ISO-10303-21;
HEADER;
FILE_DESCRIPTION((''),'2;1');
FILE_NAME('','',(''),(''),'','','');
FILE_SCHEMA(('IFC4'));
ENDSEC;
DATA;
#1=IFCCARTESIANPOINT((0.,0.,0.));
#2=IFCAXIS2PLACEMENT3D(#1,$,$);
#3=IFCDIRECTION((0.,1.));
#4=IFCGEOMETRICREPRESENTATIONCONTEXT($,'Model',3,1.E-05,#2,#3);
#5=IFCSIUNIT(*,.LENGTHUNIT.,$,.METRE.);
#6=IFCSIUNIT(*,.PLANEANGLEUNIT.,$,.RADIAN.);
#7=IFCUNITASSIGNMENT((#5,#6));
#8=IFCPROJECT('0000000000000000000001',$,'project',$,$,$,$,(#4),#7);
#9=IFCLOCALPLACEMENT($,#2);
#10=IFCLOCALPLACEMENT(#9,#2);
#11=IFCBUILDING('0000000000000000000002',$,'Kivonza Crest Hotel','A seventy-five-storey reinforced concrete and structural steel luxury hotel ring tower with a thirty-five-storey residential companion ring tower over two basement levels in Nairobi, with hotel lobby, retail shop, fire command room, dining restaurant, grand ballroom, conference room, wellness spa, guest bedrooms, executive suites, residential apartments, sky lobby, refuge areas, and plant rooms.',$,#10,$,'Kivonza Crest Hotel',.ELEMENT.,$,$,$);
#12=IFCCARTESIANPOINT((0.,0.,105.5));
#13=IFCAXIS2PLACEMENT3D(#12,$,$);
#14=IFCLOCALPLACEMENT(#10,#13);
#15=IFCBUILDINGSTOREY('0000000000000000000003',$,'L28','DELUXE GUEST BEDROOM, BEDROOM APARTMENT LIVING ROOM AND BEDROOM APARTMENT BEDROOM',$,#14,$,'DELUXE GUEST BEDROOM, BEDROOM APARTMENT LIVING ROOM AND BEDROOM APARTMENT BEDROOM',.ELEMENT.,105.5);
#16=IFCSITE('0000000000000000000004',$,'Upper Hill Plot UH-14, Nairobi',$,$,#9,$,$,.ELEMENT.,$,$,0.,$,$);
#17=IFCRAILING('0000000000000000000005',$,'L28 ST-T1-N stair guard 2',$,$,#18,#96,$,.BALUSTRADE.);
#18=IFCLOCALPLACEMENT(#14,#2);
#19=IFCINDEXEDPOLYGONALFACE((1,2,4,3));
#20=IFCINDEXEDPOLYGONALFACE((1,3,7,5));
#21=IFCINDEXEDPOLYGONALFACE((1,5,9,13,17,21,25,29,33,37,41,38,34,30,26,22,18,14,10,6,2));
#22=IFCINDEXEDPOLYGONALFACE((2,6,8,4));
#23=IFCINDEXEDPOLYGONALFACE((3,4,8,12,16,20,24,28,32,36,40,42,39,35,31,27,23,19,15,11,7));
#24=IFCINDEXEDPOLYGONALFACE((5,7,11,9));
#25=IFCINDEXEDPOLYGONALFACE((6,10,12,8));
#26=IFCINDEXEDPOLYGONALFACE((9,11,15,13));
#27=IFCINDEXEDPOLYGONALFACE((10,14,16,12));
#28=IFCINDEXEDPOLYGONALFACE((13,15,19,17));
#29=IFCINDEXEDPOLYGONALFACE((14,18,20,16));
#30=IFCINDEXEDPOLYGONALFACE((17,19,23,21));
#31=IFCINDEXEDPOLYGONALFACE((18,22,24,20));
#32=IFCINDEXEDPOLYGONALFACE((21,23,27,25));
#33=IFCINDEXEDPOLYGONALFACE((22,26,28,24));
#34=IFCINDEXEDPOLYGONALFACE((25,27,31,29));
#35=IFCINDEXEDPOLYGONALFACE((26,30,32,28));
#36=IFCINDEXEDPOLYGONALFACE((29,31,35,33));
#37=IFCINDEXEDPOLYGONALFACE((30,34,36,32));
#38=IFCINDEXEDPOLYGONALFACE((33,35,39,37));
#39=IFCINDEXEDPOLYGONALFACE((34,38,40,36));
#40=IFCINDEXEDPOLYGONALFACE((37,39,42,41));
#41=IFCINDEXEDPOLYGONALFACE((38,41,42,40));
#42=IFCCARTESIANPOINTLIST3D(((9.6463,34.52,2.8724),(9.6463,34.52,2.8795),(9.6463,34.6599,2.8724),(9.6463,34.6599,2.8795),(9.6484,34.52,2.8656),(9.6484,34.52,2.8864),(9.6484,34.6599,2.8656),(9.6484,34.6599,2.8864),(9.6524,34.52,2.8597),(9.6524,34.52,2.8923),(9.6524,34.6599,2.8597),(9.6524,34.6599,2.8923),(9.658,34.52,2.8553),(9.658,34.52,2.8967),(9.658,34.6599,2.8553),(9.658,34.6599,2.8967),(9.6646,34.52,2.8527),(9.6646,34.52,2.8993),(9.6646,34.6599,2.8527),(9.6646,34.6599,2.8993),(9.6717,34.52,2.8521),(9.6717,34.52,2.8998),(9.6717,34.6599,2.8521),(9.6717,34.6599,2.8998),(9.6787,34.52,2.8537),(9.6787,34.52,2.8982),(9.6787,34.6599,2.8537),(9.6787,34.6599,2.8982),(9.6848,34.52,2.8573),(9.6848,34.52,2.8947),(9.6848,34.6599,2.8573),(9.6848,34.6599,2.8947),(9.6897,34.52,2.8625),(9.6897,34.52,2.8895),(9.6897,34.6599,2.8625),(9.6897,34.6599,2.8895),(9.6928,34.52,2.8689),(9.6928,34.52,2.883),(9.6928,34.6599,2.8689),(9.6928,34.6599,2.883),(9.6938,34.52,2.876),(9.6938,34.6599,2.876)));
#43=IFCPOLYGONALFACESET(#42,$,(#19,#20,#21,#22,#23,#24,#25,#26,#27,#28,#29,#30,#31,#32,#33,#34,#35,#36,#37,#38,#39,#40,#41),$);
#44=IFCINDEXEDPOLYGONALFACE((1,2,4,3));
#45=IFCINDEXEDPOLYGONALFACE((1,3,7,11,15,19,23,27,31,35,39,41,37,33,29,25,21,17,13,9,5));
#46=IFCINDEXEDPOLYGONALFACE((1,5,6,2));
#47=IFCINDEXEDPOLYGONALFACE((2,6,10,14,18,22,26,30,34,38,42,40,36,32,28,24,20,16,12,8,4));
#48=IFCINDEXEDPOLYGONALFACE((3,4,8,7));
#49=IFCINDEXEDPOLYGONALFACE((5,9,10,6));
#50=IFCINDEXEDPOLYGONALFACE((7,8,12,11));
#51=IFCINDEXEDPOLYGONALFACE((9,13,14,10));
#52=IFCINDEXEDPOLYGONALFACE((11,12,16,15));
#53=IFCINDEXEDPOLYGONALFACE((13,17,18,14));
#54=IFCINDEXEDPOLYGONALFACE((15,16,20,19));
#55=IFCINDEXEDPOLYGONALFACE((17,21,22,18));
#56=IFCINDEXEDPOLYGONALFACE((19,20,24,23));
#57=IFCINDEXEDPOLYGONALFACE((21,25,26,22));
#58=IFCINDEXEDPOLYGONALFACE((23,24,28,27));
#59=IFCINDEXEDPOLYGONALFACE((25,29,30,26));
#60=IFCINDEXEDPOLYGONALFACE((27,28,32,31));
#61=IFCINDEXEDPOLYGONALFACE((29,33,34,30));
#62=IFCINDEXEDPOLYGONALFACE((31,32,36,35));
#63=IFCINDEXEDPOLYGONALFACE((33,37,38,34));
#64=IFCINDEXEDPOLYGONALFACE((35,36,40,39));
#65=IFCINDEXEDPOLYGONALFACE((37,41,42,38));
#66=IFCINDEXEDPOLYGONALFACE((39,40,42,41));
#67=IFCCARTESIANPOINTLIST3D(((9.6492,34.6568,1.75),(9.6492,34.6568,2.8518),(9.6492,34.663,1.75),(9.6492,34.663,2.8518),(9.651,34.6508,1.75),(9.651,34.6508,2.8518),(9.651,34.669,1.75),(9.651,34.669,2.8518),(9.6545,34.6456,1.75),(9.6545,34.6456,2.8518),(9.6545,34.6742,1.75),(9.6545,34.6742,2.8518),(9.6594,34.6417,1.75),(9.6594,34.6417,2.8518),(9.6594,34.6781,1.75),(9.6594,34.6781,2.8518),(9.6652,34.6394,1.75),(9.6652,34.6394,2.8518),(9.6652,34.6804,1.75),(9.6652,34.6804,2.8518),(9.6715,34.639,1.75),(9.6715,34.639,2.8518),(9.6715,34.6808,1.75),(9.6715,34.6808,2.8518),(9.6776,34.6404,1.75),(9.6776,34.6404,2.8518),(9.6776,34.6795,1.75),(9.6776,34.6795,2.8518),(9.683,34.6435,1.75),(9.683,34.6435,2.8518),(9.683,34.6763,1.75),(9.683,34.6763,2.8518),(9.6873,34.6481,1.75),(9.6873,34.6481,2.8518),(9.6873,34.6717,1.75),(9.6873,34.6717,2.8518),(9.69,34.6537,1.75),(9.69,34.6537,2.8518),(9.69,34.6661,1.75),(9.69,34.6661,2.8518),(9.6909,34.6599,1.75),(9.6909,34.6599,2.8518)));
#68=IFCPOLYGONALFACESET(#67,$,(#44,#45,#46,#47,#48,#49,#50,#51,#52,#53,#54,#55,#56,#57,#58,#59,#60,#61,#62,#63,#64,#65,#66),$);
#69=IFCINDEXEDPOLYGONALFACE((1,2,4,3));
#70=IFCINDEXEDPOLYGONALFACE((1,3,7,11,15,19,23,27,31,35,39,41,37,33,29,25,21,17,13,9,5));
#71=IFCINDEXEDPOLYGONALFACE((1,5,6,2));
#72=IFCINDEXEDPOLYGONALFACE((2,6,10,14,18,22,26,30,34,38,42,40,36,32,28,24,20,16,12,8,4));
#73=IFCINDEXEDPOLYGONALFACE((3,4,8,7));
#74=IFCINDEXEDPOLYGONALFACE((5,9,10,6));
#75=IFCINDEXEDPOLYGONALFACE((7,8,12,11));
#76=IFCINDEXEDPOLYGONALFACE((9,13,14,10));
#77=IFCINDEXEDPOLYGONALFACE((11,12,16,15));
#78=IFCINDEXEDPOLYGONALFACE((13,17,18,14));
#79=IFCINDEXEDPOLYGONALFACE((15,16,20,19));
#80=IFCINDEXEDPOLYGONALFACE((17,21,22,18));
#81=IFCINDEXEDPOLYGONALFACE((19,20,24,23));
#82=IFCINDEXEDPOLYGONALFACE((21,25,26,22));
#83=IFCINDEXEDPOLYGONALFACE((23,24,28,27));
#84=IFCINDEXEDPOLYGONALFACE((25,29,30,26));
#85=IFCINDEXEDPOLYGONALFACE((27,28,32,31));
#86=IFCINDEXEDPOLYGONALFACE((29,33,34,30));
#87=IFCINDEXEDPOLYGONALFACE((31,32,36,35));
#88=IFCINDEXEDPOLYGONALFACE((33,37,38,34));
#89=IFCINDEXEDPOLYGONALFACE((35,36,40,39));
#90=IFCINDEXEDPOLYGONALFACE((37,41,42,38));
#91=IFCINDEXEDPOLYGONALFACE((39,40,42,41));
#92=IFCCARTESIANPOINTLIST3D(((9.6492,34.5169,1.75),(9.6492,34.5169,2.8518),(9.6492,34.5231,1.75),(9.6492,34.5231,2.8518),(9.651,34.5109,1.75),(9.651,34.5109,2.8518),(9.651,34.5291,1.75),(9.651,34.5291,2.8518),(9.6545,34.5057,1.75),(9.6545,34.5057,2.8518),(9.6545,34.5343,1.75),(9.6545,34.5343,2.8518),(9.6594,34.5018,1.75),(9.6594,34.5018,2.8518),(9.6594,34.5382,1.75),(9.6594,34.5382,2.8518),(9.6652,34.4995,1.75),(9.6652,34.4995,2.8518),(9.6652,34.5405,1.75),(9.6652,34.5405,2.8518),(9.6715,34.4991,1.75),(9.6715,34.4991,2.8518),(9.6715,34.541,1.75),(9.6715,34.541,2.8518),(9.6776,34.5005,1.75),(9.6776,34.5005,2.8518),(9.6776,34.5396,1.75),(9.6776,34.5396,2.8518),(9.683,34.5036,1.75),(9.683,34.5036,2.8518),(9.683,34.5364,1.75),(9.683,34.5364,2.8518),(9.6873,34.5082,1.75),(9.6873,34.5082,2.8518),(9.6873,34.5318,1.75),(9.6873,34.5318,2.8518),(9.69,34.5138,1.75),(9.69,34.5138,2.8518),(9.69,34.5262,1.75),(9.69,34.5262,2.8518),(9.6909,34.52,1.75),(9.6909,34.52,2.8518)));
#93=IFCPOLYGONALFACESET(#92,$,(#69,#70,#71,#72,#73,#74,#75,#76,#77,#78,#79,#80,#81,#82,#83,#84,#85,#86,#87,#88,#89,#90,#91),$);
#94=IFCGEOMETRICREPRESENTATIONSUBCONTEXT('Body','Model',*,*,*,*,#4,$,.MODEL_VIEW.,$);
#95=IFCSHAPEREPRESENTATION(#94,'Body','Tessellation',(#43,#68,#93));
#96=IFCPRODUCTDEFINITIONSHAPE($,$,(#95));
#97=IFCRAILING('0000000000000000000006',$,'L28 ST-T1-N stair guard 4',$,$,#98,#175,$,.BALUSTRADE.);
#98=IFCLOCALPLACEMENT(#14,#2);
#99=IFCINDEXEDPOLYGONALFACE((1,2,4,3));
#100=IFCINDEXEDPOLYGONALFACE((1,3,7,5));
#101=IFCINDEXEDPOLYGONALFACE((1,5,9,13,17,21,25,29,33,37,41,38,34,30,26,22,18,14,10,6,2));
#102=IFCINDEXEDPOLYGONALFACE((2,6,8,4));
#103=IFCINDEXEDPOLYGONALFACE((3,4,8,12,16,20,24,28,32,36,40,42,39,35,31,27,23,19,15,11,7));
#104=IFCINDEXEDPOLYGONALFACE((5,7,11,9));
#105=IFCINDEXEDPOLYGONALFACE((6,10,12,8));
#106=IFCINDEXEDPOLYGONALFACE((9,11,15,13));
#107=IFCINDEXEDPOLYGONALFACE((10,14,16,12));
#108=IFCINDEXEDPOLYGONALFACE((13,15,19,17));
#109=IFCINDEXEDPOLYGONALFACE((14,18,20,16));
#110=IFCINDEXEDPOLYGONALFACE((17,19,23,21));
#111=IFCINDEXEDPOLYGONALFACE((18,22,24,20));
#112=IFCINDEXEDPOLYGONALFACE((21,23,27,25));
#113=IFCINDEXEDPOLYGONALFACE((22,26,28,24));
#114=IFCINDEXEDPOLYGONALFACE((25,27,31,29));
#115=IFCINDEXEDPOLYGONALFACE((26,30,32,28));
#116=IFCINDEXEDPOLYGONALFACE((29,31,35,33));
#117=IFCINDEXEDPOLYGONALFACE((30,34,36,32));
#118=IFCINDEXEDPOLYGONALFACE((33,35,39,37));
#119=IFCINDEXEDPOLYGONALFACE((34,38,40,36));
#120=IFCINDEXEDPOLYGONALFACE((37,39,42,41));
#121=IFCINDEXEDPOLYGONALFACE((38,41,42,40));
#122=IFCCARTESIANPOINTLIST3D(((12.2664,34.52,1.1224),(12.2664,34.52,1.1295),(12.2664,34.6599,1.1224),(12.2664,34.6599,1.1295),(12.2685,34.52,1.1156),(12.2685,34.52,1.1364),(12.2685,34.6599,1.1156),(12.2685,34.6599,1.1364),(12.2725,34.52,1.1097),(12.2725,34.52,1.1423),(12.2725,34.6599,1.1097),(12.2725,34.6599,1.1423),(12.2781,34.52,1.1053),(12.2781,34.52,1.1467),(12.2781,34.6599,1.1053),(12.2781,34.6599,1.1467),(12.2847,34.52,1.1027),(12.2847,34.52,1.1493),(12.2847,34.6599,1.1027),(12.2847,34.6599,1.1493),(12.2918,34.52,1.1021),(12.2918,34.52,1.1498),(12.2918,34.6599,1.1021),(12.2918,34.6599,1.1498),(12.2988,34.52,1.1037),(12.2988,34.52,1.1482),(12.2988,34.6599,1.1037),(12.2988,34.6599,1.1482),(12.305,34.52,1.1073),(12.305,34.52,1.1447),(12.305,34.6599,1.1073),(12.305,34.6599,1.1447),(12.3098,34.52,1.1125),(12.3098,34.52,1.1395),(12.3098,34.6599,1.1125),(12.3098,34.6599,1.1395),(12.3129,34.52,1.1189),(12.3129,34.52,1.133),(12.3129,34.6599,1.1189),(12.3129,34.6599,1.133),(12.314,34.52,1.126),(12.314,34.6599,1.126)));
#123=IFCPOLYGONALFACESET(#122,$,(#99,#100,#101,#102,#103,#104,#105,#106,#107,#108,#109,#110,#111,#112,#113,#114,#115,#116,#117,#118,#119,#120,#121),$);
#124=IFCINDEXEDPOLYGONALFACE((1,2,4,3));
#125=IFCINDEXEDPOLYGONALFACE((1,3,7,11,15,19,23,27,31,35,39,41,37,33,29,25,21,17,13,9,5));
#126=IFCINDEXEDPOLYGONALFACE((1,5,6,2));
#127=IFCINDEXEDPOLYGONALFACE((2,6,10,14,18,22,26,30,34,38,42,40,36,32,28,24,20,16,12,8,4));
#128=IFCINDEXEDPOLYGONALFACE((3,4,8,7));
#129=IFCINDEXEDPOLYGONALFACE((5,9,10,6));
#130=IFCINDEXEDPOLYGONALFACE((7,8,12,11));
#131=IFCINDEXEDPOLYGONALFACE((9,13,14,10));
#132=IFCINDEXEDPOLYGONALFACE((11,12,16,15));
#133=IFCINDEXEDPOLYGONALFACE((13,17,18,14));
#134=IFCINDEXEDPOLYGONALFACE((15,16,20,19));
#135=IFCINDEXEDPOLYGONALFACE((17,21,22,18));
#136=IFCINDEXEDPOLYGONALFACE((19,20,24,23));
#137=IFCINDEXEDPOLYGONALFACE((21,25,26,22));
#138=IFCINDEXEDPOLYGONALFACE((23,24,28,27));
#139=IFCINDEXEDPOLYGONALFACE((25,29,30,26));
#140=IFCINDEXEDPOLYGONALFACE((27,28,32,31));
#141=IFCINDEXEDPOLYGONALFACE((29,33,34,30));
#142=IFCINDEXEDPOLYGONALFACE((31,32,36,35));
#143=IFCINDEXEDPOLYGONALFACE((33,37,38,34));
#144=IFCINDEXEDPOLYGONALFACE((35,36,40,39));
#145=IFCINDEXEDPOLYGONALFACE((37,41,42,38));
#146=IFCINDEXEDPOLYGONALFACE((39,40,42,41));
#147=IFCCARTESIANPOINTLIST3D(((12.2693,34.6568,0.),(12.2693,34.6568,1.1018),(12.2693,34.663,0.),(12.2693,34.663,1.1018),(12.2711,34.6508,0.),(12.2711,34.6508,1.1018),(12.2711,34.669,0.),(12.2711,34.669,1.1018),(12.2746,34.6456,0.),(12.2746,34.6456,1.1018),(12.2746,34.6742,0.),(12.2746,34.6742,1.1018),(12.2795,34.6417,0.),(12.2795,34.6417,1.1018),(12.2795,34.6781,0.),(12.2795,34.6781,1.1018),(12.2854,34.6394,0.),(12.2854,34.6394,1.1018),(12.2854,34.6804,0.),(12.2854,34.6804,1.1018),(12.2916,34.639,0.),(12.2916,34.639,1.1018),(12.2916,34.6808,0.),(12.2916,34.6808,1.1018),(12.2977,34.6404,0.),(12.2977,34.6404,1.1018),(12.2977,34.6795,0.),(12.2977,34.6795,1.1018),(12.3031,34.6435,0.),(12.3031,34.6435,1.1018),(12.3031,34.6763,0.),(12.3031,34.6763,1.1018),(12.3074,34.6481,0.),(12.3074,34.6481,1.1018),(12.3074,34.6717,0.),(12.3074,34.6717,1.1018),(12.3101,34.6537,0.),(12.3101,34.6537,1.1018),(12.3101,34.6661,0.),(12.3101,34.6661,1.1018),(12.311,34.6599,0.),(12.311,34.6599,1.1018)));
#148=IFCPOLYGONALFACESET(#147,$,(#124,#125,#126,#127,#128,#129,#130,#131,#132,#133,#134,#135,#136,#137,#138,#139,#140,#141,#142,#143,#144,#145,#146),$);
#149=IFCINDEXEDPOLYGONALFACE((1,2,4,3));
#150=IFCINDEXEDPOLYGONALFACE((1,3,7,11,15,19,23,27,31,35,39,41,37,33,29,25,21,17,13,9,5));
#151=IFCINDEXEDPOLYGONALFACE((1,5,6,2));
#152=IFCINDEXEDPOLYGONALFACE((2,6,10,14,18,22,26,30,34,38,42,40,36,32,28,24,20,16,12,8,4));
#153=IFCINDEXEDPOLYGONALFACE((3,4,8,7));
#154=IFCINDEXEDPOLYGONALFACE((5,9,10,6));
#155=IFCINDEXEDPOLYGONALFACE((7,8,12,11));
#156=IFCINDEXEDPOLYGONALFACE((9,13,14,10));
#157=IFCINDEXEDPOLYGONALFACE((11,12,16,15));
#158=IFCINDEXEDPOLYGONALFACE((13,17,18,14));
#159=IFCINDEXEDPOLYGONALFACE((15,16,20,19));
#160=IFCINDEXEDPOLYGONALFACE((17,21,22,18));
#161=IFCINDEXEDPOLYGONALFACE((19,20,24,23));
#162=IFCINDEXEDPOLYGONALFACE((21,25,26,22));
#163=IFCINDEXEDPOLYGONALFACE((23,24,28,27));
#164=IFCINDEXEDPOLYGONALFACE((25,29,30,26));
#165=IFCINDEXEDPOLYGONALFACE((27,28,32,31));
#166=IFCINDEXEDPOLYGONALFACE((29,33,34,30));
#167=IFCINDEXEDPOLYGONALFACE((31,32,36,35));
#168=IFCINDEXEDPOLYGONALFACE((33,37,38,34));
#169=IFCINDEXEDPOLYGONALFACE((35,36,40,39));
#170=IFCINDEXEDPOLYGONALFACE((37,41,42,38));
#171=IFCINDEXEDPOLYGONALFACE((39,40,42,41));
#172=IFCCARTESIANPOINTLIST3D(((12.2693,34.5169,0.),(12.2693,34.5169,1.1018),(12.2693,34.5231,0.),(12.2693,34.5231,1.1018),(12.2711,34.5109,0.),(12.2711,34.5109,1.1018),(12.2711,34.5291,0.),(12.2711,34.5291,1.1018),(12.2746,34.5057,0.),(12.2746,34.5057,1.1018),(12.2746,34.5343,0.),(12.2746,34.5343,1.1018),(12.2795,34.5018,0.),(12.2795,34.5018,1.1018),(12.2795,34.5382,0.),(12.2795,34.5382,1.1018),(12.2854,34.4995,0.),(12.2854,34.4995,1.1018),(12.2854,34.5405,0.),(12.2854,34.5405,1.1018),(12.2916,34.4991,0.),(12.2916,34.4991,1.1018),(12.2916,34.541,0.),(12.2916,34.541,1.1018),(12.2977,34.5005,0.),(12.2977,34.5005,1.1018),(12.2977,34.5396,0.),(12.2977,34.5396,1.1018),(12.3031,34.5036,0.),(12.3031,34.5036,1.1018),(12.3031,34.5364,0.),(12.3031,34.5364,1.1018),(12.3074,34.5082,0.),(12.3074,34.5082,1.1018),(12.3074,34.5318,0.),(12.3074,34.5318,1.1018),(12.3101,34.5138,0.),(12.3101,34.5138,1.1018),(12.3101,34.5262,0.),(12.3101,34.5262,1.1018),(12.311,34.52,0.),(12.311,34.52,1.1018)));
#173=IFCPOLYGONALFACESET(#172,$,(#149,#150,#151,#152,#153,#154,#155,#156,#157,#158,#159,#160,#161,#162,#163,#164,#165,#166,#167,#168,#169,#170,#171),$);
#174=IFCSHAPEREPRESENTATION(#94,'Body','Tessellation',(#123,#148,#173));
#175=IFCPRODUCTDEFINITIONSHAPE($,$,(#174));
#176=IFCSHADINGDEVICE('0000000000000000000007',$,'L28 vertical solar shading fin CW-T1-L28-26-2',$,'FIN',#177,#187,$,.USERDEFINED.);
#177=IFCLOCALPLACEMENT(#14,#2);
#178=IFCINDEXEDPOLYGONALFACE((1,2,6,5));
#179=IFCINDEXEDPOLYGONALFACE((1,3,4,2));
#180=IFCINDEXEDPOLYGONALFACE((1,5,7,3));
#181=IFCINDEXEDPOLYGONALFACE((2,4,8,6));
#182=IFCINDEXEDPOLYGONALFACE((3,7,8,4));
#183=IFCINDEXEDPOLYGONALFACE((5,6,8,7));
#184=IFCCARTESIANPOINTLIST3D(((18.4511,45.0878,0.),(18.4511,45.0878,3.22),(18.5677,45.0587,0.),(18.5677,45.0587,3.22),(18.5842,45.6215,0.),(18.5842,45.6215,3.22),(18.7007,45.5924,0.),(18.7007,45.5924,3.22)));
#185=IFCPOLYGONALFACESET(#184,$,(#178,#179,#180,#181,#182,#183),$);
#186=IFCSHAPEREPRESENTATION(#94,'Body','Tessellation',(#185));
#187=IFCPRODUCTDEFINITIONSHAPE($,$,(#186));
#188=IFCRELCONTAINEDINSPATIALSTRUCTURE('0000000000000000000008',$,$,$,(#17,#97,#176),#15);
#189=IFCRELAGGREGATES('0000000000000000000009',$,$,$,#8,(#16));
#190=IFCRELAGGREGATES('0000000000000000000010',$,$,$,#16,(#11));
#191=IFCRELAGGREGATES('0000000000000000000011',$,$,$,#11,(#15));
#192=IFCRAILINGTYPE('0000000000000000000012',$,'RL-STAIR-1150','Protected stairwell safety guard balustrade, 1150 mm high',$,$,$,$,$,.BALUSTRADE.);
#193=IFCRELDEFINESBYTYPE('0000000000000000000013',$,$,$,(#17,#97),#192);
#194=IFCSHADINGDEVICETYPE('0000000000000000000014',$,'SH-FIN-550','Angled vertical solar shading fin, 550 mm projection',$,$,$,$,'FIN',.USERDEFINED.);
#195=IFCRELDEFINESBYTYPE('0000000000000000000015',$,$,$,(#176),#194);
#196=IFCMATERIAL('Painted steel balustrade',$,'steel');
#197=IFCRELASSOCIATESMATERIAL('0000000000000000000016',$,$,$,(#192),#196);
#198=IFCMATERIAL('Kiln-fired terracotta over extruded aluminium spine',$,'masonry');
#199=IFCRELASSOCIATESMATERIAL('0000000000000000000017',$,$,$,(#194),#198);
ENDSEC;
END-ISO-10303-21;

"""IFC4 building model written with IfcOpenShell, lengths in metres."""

from ifc_helpers import new_model, si_unit, direction, frame, origin, origin_2d, place, context, subcontext, project, spatial, rectangle, circle, extrude, material, type_object, element, save


model = new_model("IFC4")

# Units and contexts
model_context = context("Model", 3, precision=1e-05, world=origin(), true_north=direction((0.0, 1.0)))
body_context = subcontext(model_context, "Body", "Model", "MODEL_VIEW")
ifc_project = project(units=[si_unit("LENGTHUNIT", "METRE"), si_unit("PLANEANGLEUNIT", "RADIAN")], contexts=[model_context])

# Site, building, storey
site_placement = place(None, origin())
site = spatial("IfcSite", under=ifc_project, at=site_placement, Name="Upper Hill Plot UH-14, Nairobi", CompositionType="ELEMENT", RefElevation=0.0)
building_placement = place(site_placement, origin())
building = spatial("IfcBuilding", under=site, at=building_placement, Name="Kivonza Crest Hotel", Description="A seventy-five-storey reinforced concrete and structural steel luxury hotel ring tower with a thirty-five-storey residential companion ring tower over two basement levels in Nairobi, with hotel lobby, retail shop, fire command room, dining restaurant, grand ballroom, conference room, wellness spa, guest bedrooms, executive suites, residential apartments, sky lobby, refuge areas, and plant rooms.", LongName="Kivonza Crest Hotel", CompositionType="ELEMENT")
storey_placement = place(building_placement, frame((0.0, 0.0, 105.5)))
storey = spatial("IfcBuildingStorey", under=building, at=storey_placement, Name="L28", Description="DELUXE GUEST BEDROOM, BEDROOM APARTMENT LIVING ROOM AND BEDROOM APARTMENT BEDROOM", LongName="DELUXE GUEST BEDROOM, BEDROOM APARTMENT LIVING ROOM AND BEDROOM APARTMENT BEDROOM", CompositionType="ELEMENT", Elevation=105.5)

# Railings
ifc_material_1 = material(Name="Painted steel balustrade", Category="steel")
railing_type_1 = type_object("IfcRailingType", Name="RL-STAIR-1150", Description="Protected stairwell safety guard balustrade, 1150 mm high", PredefinedType="BALUSTRADE", material=ifc_material_1)
for number, where, name in (
    (1, (9.6699, 34.6599, 1.75), "L28 ST-T1-N stair guard 2"),
    (2, (12.29, 34.6599, 0.0), "L28 ST-T1-N stair guard 4"),
):
    element("IfcRailing", number, at=place(storey_placement, frame(where)), inside=storey, type_object=railing_type_1, Name=name, PredefinedType="BALUSTRADE", context=body_context, shape_type="SweptSolid", body=[
        extrude(circle(Radius=0.0239, at=origin_2d()), frame((0.0, 0.0, 1.126), z_axis=(0.0, -1.0, 0.0), x_axis=(1.0, 0.0, 0.0)), (0.0, 0.0, 1.0), 0.1399),
        extrude(circle(Radius=0.021, at=origin_2d()), origin(), (0.0, 0.0, 1.0), 1.1018),
        extrude(circle(Radius=0.021, at=origin_2d()), frame((0.0, -0.1399, 0.0)), (0.0, 0.0, 1.0), 1.1018),
    ])

# Shading device
ifc_material_2 = material(Name="Kiln-fired terracotta over extruded aluminium spine", Category="masonry")
shading_device_type = type_object("IfcShadingDeviceType", Name="SH-FIN-550", Description="Angled vertical solar shading fin, 550 mm projection", ElementType="FIN", PredefinedType="USERDEFINED", material=ifc_material_2)
shading_device_placement = place(storey_placement, frame((18.5759, 45.3401, 0.0), z_axis=(0.0, 0.0, 1.0), x_axis=(-0.970296, 0.241922, 0.0)))
element("IfcShadingDevice", 3, at=shading_device_placement, inside=storey, type_object=shading_device_type, Name="L28 vertical solar shading fin CW-T1-L28-26-2", ObjectType="FIN", PredefinedType="USERDEFINED", context=body_context, shape_type="SweptSolid", body=[
    extrude(rectangle(XDim=0.1201, YDim=0.55, at=origin_2d()), origin(), (0.0, 0.0, 1.0), 3.22),
])

save(model, "model.ifc")
